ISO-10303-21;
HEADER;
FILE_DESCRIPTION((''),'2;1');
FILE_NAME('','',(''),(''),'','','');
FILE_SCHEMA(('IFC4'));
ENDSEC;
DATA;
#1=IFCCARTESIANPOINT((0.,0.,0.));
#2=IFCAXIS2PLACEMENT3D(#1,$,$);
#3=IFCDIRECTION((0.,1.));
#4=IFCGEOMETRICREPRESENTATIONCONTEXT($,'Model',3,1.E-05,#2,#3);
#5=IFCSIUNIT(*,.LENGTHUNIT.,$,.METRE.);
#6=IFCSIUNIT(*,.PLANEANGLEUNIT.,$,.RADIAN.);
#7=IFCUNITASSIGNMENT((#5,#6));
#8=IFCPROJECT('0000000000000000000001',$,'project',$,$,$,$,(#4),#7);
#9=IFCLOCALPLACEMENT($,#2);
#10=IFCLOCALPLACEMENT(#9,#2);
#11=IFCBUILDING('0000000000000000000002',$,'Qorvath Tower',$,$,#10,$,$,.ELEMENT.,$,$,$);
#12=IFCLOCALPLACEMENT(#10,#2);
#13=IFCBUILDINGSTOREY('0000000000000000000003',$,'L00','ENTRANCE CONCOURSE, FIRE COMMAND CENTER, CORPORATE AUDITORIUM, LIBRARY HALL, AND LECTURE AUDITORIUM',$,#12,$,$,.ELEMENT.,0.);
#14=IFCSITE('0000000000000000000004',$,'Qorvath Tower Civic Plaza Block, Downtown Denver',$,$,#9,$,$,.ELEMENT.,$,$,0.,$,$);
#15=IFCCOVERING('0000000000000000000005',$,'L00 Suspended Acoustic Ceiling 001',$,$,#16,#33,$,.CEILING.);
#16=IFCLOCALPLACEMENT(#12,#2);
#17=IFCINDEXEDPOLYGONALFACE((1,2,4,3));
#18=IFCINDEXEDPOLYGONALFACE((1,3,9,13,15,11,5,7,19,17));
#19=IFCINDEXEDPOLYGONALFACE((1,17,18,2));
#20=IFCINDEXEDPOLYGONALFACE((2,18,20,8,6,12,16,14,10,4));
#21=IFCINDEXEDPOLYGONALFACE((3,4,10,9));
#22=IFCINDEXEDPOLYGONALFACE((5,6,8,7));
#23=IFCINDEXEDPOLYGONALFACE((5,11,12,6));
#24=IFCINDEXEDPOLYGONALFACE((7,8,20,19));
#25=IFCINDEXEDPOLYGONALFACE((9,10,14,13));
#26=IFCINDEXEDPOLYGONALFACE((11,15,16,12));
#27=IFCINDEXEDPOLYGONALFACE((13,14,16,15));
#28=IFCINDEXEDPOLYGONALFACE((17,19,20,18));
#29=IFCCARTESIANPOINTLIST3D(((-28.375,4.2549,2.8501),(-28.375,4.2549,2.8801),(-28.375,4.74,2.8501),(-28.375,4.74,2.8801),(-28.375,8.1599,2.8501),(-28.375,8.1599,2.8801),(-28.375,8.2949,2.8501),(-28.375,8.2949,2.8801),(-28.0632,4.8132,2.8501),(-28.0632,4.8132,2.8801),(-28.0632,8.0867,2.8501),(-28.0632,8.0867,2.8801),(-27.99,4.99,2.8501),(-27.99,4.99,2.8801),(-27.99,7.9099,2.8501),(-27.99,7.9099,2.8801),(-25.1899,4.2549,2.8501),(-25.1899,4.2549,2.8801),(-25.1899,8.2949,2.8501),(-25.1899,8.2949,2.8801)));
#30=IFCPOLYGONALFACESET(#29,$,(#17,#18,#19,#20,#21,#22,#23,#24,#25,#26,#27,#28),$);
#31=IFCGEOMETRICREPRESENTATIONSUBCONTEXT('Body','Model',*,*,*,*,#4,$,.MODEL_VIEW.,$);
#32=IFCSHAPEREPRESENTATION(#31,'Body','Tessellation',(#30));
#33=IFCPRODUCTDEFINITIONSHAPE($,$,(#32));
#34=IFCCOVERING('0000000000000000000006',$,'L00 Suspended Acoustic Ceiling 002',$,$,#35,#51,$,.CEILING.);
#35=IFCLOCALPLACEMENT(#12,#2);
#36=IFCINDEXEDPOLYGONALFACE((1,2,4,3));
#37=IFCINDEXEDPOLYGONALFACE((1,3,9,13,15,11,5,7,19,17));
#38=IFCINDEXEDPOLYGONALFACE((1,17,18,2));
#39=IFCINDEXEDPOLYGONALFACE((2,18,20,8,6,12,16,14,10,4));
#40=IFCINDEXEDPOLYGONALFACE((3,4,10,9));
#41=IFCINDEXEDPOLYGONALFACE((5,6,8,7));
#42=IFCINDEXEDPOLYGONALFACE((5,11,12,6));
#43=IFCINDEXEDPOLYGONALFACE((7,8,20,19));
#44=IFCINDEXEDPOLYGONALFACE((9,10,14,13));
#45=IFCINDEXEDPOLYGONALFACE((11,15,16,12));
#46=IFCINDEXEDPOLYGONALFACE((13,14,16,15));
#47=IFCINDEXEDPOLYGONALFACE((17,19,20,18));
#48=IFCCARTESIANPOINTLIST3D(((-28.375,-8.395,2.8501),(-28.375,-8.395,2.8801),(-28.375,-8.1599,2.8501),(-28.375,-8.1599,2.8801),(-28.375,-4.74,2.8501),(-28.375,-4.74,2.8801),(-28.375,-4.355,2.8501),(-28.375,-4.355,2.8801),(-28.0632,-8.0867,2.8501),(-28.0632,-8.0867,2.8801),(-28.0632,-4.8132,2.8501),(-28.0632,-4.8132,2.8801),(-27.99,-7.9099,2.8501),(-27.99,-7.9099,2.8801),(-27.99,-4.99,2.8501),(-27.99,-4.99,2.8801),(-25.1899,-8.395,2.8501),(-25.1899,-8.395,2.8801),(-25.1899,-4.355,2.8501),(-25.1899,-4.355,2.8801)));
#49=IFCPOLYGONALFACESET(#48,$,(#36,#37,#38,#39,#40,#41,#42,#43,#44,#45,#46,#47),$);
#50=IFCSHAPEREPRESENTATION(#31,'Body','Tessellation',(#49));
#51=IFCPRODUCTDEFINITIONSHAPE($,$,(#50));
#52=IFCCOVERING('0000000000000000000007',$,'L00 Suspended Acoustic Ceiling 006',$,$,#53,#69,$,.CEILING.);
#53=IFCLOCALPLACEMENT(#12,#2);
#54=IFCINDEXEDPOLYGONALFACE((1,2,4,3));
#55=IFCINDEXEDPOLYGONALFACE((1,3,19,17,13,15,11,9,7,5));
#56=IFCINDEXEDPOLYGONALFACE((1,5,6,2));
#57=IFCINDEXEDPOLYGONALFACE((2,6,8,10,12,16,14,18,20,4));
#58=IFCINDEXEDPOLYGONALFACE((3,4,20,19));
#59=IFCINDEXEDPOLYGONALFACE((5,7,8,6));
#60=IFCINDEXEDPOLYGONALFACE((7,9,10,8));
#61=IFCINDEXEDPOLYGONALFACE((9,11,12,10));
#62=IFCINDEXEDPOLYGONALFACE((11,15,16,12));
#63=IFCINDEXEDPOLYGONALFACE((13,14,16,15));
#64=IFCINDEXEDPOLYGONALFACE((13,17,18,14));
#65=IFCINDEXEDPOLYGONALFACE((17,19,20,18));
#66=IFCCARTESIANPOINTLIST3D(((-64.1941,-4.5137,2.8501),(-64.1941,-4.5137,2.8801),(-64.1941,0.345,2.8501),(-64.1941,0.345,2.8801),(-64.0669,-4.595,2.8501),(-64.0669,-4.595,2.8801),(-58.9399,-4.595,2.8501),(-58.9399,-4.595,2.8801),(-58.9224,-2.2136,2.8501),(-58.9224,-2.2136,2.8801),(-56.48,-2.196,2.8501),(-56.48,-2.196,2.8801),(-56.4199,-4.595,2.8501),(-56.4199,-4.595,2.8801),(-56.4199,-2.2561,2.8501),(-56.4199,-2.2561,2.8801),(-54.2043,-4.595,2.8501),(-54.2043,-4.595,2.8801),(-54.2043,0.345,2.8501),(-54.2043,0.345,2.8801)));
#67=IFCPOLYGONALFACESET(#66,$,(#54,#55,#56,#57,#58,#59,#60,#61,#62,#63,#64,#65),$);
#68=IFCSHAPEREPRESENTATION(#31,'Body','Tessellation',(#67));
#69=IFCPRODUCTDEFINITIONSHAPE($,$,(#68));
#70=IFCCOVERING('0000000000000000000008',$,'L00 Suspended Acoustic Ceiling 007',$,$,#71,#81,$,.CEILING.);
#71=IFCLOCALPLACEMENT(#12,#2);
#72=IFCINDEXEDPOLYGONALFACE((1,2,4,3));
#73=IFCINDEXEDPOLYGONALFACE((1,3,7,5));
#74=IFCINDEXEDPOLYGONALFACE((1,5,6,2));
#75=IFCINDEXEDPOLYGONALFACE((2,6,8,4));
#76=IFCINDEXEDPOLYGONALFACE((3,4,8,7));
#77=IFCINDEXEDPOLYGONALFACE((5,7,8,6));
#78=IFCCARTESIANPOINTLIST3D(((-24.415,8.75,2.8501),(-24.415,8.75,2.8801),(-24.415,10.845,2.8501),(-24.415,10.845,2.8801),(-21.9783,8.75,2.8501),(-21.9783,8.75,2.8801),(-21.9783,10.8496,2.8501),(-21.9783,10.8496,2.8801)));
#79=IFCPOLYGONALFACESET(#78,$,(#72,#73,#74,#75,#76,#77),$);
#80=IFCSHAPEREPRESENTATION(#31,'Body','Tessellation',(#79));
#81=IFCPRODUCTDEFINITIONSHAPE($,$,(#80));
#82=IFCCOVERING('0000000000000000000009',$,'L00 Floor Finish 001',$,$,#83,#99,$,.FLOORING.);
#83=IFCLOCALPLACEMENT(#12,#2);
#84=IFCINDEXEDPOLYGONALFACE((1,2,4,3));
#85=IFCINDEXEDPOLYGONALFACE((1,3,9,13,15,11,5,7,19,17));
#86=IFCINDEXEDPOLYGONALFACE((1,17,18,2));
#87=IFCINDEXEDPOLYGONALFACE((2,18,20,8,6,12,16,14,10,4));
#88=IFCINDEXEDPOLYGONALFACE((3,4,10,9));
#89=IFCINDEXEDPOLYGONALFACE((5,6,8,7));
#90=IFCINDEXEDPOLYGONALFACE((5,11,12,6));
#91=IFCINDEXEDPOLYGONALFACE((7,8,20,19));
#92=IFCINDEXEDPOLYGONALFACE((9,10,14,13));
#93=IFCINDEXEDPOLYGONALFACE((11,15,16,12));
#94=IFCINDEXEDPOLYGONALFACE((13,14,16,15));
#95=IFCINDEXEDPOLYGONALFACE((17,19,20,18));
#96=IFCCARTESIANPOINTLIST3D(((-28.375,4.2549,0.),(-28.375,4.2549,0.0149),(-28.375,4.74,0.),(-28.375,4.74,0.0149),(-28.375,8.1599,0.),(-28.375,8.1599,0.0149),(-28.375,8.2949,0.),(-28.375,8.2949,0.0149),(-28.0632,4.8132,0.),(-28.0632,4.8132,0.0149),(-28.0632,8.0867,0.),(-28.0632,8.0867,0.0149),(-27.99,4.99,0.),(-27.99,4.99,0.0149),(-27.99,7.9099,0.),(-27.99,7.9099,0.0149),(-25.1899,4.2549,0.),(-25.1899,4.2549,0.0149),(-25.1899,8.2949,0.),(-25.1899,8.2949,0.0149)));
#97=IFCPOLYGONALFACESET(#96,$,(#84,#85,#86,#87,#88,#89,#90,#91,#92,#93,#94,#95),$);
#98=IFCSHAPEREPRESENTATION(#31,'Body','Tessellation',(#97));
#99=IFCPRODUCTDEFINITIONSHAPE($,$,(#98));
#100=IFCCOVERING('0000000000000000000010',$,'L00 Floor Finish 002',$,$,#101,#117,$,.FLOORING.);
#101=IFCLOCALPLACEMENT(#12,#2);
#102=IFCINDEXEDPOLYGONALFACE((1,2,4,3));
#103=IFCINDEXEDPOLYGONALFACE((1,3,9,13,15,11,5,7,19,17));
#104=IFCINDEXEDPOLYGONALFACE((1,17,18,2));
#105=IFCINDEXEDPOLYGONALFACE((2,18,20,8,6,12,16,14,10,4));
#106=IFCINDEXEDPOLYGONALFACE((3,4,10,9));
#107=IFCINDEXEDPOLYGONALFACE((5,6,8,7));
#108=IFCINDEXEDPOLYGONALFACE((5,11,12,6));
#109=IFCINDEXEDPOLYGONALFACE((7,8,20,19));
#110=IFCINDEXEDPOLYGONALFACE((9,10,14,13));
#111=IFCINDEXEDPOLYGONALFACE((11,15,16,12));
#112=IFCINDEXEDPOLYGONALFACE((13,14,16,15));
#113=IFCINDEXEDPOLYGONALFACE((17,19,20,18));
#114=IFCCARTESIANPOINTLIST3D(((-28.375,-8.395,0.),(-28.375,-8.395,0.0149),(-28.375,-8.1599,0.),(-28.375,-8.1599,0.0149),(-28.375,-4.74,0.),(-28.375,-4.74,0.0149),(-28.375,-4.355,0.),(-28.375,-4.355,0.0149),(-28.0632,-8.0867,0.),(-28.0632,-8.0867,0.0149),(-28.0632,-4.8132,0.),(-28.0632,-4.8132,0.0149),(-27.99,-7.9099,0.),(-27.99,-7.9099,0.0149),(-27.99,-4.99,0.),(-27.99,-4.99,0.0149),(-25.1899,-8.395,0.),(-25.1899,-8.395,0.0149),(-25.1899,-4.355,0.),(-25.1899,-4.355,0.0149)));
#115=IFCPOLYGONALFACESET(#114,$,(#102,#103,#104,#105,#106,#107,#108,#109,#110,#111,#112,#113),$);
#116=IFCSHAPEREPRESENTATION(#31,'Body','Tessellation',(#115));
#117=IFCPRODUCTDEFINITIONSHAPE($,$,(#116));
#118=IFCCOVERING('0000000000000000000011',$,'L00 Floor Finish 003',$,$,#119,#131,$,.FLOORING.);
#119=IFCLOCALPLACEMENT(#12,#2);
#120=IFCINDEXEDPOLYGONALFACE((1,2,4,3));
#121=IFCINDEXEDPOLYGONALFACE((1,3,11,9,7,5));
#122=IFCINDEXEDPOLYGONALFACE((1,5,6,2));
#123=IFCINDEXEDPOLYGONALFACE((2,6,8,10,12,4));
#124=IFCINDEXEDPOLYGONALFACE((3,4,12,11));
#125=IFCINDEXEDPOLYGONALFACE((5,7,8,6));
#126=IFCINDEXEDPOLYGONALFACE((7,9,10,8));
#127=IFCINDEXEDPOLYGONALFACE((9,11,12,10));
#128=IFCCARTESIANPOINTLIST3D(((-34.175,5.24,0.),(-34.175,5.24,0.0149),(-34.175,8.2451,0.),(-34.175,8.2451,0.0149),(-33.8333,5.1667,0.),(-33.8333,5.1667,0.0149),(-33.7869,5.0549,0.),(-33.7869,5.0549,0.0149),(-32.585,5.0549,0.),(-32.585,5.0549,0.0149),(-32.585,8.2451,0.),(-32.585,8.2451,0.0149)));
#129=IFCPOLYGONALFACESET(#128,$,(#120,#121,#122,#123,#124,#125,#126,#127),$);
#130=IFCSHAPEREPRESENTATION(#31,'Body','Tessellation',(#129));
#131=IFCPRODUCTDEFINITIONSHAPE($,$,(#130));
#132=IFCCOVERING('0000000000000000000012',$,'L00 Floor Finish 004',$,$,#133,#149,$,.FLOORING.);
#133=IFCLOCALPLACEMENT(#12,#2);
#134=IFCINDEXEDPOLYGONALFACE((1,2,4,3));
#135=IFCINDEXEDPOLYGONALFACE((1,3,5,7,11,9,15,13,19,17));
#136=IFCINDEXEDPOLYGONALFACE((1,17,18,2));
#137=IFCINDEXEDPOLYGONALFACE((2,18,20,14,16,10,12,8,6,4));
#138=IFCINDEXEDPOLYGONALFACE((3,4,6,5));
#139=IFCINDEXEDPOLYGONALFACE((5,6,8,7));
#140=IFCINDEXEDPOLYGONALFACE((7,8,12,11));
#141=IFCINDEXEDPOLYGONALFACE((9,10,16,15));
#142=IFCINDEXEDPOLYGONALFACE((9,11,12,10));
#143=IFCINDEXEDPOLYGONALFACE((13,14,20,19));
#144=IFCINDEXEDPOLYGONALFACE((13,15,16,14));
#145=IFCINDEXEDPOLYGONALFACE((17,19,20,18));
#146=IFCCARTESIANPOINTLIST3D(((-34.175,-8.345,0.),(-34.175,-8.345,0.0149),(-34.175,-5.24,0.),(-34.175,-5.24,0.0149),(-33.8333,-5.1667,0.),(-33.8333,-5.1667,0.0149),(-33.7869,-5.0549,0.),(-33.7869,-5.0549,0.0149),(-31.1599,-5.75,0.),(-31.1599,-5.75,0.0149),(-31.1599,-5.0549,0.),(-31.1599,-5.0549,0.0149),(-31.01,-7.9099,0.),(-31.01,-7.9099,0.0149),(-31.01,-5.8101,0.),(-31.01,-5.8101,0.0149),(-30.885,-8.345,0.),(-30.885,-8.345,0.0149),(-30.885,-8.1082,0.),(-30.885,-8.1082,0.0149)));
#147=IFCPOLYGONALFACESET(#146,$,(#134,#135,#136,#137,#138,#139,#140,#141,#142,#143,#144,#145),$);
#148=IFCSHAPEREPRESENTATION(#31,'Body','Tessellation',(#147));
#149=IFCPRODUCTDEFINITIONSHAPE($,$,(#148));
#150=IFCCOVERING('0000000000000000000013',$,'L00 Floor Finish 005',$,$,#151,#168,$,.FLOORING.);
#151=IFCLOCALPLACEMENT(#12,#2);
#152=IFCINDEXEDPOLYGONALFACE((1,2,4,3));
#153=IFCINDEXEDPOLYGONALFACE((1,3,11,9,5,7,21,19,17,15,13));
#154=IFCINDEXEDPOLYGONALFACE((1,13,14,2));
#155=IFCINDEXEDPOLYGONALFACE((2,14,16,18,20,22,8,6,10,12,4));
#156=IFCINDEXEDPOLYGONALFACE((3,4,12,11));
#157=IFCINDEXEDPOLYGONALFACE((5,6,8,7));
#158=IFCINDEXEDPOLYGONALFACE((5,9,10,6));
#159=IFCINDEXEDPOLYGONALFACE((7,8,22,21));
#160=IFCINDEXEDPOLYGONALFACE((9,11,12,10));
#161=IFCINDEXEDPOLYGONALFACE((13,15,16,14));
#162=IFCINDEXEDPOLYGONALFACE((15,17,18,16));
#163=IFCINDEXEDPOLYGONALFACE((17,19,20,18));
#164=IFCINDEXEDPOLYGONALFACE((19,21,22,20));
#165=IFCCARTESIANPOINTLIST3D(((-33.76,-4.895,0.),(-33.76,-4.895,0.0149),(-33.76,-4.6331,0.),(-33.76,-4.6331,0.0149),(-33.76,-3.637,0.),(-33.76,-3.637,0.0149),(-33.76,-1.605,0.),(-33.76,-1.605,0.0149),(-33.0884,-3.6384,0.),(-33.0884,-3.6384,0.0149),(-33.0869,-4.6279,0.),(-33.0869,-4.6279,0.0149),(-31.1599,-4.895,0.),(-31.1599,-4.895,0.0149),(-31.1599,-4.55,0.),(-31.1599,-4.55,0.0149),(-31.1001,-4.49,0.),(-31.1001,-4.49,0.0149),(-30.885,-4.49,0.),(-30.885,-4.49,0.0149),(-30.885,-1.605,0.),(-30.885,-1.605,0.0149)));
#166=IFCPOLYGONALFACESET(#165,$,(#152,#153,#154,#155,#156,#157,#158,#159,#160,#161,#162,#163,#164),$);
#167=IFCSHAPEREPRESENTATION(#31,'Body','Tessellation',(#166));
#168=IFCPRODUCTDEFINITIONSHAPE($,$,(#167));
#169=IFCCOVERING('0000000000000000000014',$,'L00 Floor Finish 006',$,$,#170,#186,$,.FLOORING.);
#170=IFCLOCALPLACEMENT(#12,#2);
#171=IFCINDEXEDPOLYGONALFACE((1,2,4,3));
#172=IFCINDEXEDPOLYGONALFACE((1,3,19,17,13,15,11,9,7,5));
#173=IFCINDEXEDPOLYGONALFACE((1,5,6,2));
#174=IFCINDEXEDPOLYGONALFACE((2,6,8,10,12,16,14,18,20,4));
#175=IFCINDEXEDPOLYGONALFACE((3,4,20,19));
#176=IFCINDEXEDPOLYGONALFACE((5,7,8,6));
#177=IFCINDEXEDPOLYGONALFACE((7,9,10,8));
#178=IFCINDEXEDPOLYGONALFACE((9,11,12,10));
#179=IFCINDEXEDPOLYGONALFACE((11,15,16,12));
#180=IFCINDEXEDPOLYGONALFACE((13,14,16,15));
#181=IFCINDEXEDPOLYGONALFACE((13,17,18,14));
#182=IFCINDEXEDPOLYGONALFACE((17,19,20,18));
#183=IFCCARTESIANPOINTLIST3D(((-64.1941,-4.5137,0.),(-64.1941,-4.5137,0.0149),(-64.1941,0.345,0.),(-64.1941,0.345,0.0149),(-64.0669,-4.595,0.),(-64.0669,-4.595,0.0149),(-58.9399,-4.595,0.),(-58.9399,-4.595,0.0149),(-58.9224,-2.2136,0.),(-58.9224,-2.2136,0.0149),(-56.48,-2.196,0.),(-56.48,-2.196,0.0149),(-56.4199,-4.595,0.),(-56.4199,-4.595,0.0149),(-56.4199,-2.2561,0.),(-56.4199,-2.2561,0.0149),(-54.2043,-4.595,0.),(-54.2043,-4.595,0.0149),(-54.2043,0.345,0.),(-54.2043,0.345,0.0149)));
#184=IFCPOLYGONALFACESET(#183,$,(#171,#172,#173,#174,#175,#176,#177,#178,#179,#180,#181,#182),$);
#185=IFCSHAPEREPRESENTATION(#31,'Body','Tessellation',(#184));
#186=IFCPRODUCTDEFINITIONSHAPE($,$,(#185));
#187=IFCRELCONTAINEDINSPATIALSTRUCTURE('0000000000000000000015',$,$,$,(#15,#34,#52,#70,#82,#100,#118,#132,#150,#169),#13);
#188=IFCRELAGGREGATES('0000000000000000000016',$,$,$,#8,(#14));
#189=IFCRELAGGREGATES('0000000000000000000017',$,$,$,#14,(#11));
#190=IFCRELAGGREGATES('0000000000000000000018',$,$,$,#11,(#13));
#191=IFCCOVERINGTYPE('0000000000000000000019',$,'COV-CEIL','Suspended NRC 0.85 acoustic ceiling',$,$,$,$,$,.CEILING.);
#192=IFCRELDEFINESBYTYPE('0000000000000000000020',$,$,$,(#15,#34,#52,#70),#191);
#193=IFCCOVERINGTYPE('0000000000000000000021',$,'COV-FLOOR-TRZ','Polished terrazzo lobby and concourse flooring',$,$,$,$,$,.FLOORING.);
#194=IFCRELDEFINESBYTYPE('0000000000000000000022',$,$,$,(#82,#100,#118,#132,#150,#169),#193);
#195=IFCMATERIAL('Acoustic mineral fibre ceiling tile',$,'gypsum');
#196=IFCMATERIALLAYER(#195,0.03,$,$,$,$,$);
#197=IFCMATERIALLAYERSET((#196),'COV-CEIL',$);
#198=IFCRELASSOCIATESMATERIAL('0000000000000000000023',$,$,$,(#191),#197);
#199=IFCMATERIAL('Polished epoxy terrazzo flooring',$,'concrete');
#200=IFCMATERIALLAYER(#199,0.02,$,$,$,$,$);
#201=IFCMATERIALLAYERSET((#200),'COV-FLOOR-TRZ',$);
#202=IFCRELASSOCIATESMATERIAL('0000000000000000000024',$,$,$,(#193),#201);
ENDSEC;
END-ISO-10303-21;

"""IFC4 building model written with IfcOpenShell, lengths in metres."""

from ifc_helpers import new_model, si_unit, direction, frame, origin, place, context, subcontext, project, spatial, polyline, outline, extrude, material, layer, layer_set, type_object, element, save


model = new_model("IFC4")

# Units and contexts
model_context = context("Model", 3, precision=1e-05, world=origin(), true_north=direction((0.0, 1.0)))
body_context = subcontext(model_context, "Body", "Model", "MODEL_VIEW")
ifc_project = project(units=[si_unit("LENGTHUNIT", "METRE"), si_unit("PLANEANGLEUNIT", "RADIAN")], contexts=[model_context])

# Site, building, storey
site_placement = place(None, origin())
site = spatial("IfcSite", under=ifc_project, at=site_placement, Name="Qorvath Tower Civic Plaza Block, Downtown Denver", CompositionType="ELEMENT", RefElevation=0.0)
building_placement = place(site_placement, origin())
building = spatial("IfcBuilding", under=site, at=building_placement, Name="Qorvath Tower", CompositionType="ELEMENT")
storey_placement = place(building_placement, origin())
storey = spatial("IfcBuildingStorey", under=building, at=storey_placement, Name="L00", Description="ENTRANCE CONCOURSE, FIRE COMMAND CENTER, CORPORATE AUDITORIUM, LIBRARY HALL, AND LECTURE AUDITORIUM", CompositionType="ELEMENT", Elevation=0.0)

# Coverings
ifc_material_1 = material(Name="Acoustic mineral fibre ceiling tile", Category="gypsum")
ifc_layer_1 = layer(ifc_material_1, 0.03)
ifc_layer_set_1 = layer_set([ifc_layer_1], Name="COV-CEIL")
covering_type_1 = type_object("IfcCoveringType", Name="COV-CEIL", Description="Suspended NRC 0.85 acoustic ceiling", PredefinedType="CEILING", material=ifc_layer_set_1)
covering_1_placement = place(storey_placement, frame((0.0, 0.0, 2.8501)))
element("IfcCovering", 1, at=covering_1_placement, inside=storey, type_object=covering_type_1, Name="L00 Suspended Acoustic Ceiling 001", PredefinedType="CEILING", context=body_context, shape_type="SweptSolid", body=[
    extrude(outline(polyline([(-25.1899, 4.2549), (-25.1899, 8.2949), (-28.375, 8.2949), (-28.375, 8.1599), (-28.0632, 8.0867), (-27.99, 7.9099), (-27.99, 4.99), (-28.0632, 4.8132), (-28.375, 4.74), (-28.375, 4.2549), (-25.1899, 4.2549)])), origin(), (0.0, 0.0, 1.0), 0.03),
])
covering_2_placement = place(storey_placement, frame((0.0, 0.0, 2.8501)))
element("IfcCovering", 2, at=covering_2_placement, inside=storey, type_object=covering_type_1, Name="L00 Suspended Acoustic Ceiling 002", PredefinedType="CEILING", context=body_context, shape_type="SweptSolid", body=[
    extrude(outline(polyline([(-25.1899, -8.395), (-25.1899, -4.355), (-28.375, -4.355), (-28.375, -4.74), (-28.0632, -4.8132), (-27.99, -4.99), (-27.99, -7.9099), (-28.0632, -8.0867), (-28.375, -8.1599), (-28.375, -8.395), (-25.1899, -8.395)])), origin(), (0.0, 0.0, 1.0), 0.03),
])
covering_3_placement = place(storey_placement, frame((0.0, 0.0, 2.8501)))
element("IfcCovering", 3, at=covering_3_placement, inside=storey, type_object=covering_type_1, Name="L00 Suspended Acoustic Ceiling 006", PredefinedType="CEILING", context=body_context, shape_type="SweptSolid", body=[
    extrude(outline(polyline([(-54.2043, -4.595), (-54.2043, 0.345), (-64.1941, 0.345), (-64.1941, -4.5137), (-64.0669, -4.595), (-58.9399, -4.595), (-58.9224, -2.2136), (-56.48, -2.196), (-56.4199, -2.2561), (-56.4199, -4.595), (-54.2043, -4.595)])), origin(), (0.0, 0.0, 1.0), 0.03),
])
covering_4_placement = place(storey_placement, frame((0.0, 0.0, 2.8501)))
element("IfcCovering", 4, at=covering_4_placement, inside=storey, type_object=covering_type_1, Name="L00 Suspended Acoustic Ceiling 007", PredefinedType="CEILING", context=body_context, shape_type="SweptSolid", body=[
    extrude(outline(polyline([(-24.415, 10.845), (-24.415, 8.75), (-21.9783, 8.75), (-21.9783, 10.8496), (-24.415, 10.845)])), origin(), (0.0, 0.0, 1.0), 0.03),
])
ifc_material_2 = material(Name="Polished epoxy terrazzo flooring", Category="concrete")
ifc_layer_2 = layer(ifc_material_2, 0.02)
ifc_layer_set_2 = layer_set([ifc_layer_2], Name="COV-FLOOR-TRZ")
covering_type_2 = type_object("IfcCoveringType", Name="COV-FLOOR-TRZ", Description="Polished terrazzo lobby and concourse flooring", PredefinedType="FLOORING", material=ifc_layer_set_2)
covering_5_placement = place(storey_placement, origin())
element("IfcCovering", 5, at=covering_5_placement, inside=storey, type_object=covering_type_2, Name="L00 Floor Finish 001", PredefinedType="FLOORING", context=body_context, shape_type="SweptSolid", body=[
    extrude(outline(polyline([(-25.1899, 4.2549), (-25.1899, 8.2949), (-28.375, 8.2949), (-28.375, 8.1599), (-28.0632, 8.0867), (-27.99, 7.9099), (-27.99, 4.99), (-28.0632, 4.8132), (-28.375, 4.74), (-28.375, 4.2549), (-25.1899, 4.2549)])), origin(), (0.0, 0.0, 1.0), 0.0149),
])
covering_6_placement = place(storey_placement, origin())
element("IfcCovering", 6, at=covering_6_placement, inside=storey, type_object=covering_type_2, Name="L00 Floor Finish 002", PredefinedType="FLOORING", context=body_context, shape_type="SweptSolid", body=[
    extrude(outline(polyline([(-25.1899, -8.395), (-25.1899, -4.355), (-28.375, -4.355), (-28.375, -4.74), (-28.0632, -4.8132), (-27.99, -4.99), (-27.99, -7.9099), (-28.0632, -8.0867), (-28.375, -8.1599), (-28.375, -8.395), (-25.1899, -8.395)])), origin(), (0.0, 0.0, 1.0), 0.0149),
])
covering_7_placement = place(storey_placement, origin())
element("IfcCovering", 7, at=covering_7_placement, inside=storey, type_object=covering_type_2, Name="L00 Floor Finish 003", PredefinedType="FLOORING", context=body_context, shape_type="SweptSolid", body=[
    extrude(outline(polyline([(-32.585, 5.0549), (-32.585, 8.2451), (-34.175, 8.2451), (-34.175, 5.24), (-33.8333, 5.1667), (-33.7869, 5.0549), (-32.585, 5.0549)])), origin(), (0.0, 0.0, 1.0), 0.0149),
])
covering_8_placement = place(storey_placement, origin())
element("IfcCovering", 8, at=covering_8_placement, inside=storey, type_object=covering_type_2, Name="L00 Floor Finish 004", PredefinedType="FLOORING", context=body_context, shape_type="SweptSolid", body=[
    extrude(outline(polyline([(-31.1599, -5.0549), (-33.7869, -5.0549), (-33.8333, -5.1667), (-34.175, -5.24), (-34.175, -8.345), (-30.885, -8.345), (-30.885, -8.1082), (-31.01, -7.9099), (-31.01, -5.8101), (-31.1599, -5.75), (-31.1599, -5.0549)])), origin(), (0.0, 0.0, 1.0), 0.0149),
])
covering_9_placement = place(storey_placement, origin())
element("IfcCovering", 9, at=covering_9_placement, inside=storey, type_object=covering_type_2, Name="L00 Floor Finish 005", PredefinedType="FLOORING", context=body_context, shape_type="SweptSolid", body=[
    extrude(outline(polyline([(-30.885, -4.49), (-30.885, -1.605), (-33.76, -1.605), (-33.76, -3.637), (-33.0884, -3.6384), (-33.0869, -4.6279), (-33.76, -4.6331), (-33.76, -4.895), (-31.1599, -4.895), (-31.1599, -4.55), (-31.1001, -4.49), (-30.885, -4.49)])), origin(), (0.0, 0.0, 1.0), 0.0149),
])
covering_10_placement = place(storey_placement, origin())
element("IfcCovering", 10, at=covering_10_placement, inside=storey, type_object=covering_type_2, Name="L00 Floor Finish 006", PredefinedType="FLOORING", context=body_context, shape_type="SweptSolid", body=[
    extrude(outline(polyline([(-54.2043, -4.595), (-54.2043, 0.345), (-64.1941, 0.345), (-64.1941, -4.5137), (-64.0669, -4.595), (-58.9399, -4.595), (-58.9224, -2.2136), (-56.48, -2.196), (-56.4199, -2.2561), (-56.4199, -4.595), (-54.2043, -4.595)])), origin(), (0.0, 0.0, 1.0), 0.0149),
])

save(model, "model.ifc")
